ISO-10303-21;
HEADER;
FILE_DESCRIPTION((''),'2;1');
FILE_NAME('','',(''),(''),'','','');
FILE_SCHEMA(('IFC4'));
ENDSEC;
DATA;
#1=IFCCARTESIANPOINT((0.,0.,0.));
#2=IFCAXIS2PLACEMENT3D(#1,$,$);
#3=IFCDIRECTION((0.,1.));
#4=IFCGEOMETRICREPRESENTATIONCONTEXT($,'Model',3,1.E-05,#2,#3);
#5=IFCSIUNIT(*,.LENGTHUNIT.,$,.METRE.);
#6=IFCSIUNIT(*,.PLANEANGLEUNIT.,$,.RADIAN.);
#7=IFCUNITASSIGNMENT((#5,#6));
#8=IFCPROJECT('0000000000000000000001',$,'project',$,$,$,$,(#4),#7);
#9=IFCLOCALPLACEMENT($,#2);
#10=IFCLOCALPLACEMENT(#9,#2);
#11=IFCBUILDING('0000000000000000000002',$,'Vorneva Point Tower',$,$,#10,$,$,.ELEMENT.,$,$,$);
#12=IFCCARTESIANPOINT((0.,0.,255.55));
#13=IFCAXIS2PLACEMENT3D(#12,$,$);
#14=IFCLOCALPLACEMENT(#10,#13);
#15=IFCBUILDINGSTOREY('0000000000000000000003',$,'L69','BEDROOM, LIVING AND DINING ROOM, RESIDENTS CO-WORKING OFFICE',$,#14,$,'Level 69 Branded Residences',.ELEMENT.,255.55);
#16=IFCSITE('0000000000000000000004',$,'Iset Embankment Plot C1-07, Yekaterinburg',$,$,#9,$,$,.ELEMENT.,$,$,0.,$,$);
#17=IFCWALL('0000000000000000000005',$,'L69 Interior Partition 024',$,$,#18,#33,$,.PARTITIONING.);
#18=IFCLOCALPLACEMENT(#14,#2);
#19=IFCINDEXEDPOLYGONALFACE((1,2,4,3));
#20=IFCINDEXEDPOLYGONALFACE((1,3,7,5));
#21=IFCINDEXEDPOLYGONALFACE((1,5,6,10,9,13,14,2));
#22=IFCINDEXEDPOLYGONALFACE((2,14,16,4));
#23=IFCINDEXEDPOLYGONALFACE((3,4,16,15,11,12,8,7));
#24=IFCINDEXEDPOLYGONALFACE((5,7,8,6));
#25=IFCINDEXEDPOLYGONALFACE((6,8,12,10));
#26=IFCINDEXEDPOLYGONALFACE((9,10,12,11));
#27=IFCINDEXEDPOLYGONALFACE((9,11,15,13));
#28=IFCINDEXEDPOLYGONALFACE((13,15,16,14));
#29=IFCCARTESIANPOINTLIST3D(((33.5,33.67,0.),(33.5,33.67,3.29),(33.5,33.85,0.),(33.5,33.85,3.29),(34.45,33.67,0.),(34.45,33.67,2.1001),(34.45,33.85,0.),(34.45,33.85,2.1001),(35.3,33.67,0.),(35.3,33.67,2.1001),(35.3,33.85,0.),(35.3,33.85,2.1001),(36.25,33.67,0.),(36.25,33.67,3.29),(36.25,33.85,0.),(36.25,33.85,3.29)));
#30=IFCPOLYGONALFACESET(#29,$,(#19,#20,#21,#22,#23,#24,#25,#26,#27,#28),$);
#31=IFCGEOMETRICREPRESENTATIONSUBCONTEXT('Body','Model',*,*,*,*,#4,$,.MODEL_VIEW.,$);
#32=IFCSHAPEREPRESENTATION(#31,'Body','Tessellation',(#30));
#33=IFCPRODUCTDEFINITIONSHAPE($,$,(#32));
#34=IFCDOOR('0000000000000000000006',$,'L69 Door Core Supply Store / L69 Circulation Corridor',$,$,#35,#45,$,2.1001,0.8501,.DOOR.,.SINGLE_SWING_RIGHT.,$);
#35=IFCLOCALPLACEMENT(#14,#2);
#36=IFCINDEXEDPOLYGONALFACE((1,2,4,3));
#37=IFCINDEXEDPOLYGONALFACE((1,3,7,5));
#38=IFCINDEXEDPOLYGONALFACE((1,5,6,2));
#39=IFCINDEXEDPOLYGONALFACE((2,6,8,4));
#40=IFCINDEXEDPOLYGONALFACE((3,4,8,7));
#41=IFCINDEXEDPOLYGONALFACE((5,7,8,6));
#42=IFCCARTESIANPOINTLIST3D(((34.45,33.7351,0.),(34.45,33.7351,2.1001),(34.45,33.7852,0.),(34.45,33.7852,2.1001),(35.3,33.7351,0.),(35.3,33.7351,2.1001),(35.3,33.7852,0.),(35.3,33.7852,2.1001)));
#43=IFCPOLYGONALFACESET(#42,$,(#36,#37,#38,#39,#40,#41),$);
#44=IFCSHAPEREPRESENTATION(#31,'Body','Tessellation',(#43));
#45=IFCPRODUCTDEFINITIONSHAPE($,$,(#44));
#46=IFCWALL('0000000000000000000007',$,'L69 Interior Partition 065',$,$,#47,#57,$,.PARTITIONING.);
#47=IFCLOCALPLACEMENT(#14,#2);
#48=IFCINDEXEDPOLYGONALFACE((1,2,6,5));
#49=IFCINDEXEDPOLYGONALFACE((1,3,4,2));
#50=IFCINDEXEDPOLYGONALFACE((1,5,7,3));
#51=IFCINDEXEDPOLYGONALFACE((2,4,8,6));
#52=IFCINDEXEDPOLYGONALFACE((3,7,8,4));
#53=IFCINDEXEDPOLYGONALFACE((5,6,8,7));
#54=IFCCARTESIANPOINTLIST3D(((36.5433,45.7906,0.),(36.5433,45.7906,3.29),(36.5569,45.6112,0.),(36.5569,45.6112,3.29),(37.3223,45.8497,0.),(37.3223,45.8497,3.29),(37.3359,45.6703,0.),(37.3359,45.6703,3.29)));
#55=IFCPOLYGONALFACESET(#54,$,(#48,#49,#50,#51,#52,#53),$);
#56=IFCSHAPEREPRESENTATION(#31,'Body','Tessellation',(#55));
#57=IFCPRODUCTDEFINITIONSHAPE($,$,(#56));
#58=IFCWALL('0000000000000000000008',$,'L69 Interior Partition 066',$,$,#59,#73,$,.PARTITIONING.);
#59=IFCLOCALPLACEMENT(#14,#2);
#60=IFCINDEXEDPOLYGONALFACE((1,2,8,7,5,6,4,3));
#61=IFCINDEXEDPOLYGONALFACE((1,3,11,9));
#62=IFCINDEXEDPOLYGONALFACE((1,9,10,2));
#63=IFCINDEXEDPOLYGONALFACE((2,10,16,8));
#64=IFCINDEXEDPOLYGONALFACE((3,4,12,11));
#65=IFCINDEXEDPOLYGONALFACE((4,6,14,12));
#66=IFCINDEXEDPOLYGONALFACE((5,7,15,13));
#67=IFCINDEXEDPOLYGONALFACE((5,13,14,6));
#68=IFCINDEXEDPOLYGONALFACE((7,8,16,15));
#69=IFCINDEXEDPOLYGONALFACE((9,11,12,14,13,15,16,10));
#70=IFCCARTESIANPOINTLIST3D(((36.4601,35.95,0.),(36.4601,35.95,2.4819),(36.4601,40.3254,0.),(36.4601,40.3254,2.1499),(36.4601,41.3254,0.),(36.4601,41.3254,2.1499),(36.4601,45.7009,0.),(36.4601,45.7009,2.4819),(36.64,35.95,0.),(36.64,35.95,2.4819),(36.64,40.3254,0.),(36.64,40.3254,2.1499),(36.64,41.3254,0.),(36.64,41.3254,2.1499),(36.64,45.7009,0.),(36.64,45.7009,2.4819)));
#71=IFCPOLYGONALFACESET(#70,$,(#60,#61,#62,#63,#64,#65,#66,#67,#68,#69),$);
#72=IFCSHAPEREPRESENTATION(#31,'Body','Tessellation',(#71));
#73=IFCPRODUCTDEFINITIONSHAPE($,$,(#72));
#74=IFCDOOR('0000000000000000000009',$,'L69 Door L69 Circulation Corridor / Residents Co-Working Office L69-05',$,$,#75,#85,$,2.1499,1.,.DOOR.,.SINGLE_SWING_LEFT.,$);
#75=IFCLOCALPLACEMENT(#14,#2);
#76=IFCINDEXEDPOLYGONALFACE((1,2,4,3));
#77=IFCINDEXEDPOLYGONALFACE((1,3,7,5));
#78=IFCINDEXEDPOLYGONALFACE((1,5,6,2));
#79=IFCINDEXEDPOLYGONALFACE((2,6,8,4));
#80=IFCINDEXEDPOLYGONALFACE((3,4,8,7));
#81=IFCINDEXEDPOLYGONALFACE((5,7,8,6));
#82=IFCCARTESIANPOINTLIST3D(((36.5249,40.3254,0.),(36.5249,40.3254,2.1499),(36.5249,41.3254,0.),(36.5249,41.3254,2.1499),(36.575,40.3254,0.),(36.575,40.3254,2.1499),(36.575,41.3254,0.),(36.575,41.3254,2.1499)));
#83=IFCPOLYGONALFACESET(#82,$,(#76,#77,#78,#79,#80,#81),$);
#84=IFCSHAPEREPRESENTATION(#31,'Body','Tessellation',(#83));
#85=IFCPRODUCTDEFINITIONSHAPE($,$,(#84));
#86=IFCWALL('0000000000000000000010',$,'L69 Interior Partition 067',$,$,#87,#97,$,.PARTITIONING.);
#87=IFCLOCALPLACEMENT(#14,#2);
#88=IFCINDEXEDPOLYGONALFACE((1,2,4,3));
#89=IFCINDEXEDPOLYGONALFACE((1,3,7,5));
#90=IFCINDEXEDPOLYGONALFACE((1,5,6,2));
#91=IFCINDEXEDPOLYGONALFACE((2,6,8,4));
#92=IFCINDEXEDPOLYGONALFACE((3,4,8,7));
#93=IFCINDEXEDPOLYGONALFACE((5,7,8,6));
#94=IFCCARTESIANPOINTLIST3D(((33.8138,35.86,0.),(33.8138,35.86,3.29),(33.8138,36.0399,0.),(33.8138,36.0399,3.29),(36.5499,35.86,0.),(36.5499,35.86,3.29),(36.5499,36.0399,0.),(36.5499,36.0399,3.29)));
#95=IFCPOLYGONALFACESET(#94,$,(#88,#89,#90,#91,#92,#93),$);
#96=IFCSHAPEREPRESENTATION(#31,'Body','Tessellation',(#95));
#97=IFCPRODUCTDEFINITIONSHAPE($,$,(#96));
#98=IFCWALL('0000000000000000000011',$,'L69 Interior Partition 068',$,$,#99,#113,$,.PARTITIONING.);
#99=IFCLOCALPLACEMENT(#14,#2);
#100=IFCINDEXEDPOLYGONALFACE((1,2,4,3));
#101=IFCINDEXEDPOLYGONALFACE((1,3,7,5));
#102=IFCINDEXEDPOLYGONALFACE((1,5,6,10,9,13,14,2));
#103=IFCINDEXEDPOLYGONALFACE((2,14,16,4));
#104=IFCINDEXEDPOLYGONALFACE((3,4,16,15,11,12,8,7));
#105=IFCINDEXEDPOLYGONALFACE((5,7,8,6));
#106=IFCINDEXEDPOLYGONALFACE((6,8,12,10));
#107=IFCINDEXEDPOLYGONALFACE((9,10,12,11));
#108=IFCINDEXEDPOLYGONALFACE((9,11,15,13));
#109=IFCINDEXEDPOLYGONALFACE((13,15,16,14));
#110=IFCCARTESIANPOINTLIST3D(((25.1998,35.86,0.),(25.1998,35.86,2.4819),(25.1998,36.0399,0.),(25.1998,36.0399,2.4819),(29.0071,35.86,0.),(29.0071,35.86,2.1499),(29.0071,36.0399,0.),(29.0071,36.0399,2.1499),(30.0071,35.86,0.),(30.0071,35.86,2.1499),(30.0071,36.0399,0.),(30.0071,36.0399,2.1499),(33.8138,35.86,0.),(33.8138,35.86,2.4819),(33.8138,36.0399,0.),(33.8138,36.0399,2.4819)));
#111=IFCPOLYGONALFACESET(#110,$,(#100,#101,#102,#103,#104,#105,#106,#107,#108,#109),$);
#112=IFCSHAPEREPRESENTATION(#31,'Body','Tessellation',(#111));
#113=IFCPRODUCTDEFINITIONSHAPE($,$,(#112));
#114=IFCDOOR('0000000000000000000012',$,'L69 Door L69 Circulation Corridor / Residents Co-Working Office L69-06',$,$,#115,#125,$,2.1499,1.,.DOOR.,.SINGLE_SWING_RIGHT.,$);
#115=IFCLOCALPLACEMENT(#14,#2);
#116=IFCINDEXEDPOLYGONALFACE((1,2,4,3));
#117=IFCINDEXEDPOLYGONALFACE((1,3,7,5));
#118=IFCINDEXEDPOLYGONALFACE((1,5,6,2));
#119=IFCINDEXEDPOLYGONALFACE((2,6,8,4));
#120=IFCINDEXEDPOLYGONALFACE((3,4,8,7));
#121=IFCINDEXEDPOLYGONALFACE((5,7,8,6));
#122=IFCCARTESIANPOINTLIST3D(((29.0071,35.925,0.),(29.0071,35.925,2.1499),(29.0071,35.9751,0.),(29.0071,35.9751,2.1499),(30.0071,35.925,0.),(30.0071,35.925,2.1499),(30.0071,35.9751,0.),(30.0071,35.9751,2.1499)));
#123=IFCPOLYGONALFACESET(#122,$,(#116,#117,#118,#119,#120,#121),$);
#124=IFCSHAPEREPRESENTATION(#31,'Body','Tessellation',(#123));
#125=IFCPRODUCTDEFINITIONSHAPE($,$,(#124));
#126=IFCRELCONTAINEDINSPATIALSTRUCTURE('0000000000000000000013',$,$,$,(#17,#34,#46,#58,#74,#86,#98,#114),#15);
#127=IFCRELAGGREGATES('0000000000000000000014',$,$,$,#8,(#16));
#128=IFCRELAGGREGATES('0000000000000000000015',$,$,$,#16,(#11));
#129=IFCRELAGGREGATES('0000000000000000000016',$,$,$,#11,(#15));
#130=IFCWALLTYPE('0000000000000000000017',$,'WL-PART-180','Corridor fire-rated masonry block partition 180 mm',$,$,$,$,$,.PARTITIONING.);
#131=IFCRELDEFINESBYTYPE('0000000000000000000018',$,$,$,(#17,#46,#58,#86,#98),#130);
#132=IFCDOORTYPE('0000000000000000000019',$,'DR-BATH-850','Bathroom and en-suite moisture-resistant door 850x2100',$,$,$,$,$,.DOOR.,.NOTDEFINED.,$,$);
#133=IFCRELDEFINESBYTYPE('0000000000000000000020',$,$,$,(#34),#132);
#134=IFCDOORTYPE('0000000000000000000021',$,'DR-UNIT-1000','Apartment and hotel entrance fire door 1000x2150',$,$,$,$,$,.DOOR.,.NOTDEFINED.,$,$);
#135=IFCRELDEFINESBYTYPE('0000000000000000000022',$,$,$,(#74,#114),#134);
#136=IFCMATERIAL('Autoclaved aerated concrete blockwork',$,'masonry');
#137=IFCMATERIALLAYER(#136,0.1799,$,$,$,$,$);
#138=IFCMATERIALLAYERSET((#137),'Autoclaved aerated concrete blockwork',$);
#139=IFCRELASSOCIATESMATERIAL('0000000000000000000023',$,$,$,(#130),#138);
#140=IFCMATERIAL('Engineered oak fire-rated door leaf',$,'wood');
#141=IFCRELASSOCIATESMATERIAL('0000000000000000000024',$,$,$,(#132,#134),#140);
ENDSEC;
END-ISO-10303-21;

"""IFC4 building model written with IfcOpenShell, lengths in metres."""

from ifc_helpers import new_model, si_unit, direction, frame, frame_2d, origin, place, context, subcontext, project, spatial, rectangle, extrude, material, layer, layer_set, type_object, element, fill, save


model = new_model("IFC4")

# Units and contexts
model_context = context("Model", 3, precision=1e-05, world=origin(), true_north=direction((0.0, 1.0)))
body_context = subcontext(model_context, "Body", "Model", "MODEL_VIEW")
ifc_project = project(units=[si_unit("LENGTHUNIT", "METRE"), si_unit("PLANEANGLEUNIT", "RADIAN")], contexts=[model_context])

# Site, building, storey
site_placement = place(None, origin())
site = spatial("IfcSite", under=ifc_project, at=site_placement, Name="Iset Embankment Plot C1-07, Yekaterinburg", CompositionType="ELEMENT", RefElevation=0.0)
building_placement = place(site_placement, origin())
building = spatial("IfcBuilding", under=site, at=building_placement, Name="Vorneva Point Tower", CompositionType="ELEMENT")
storey_placement = place(building_placement, frame((0.0, 0.0, 255.55)))
storey = spatial("IfcBuildingStorey", under=building, at=storey_placement, Name="L69", Description="BEDROOM, LIVING AND DINING ROOM, RESIDENTS CO-WORKING OFFICE", LongName="Level 69 Branded Residences", CompositionType="ELEMENT", Elevation=255.55)

# Wall, opening, door
ifc_material_1 = material(Name="Autoclaved aerated concrete blockwork", Category="masonry")
ifc_layer_1 = layer(ifc_material_1, 0.1799)
ifc_layer_set_1 = layer_set([ifc_layer_1], Name="Autoclaved aerated concrete blockwork")
wall_type_1 = type_object("IfcWallType", Name="WL-PART-180", Description="Corridor fire-rated masonry block partition 180 mm", PredefinedType="PARTITIONING", material=ifc_layer_set_1)
wall_1_placement = place(storey_placement, frame((36.25, 33.76, 0.0), z_axis=(0.0, 0.0, 1.0), x_axis=(-1.0, 0.0, 0.0)))
wall_1 = element("IfcWall", 1, at=wall_1_placement, inside=storey, type_object=wall_type_1, Name="L69 Interior Partition 024", PredefinedType="PARTITIONING", context=body_context, shape_type="SweptSolid", body=[
    extrude(rectangle(XDim=2.75, YDim=0.1799, at=frame_2d((1.375, 0.0))), origin(), (0.0, 0.0, 1.0), 3.29),
])
opening_1_placement = place(wall_1_placement, frame((0.95, 0.0, 0.0)))
opening_1 = element("IfcOpeningElement", 2, at=opening_1_placement, cuts=wall_1, PredefinedType="OPENING", context=body_context, shape_type="SweptSolid", body=[
    extrude(rectangle(XDim=0.8501, YDim=2.1001, at=frame_2d((0.425, 1.05))), frame((0.0, 0.105, 0.0), z_axis=(0.0, -1.0, 0.0), x_axis=(1.0, 0.0, 0.0)), (0.0, 0.0, 1.0), 0.2097),
])
ifc_material_2 = material(Name="Engineered oak fire-rated door leaf", Category="wood")
door_type_1 = type_object("IfcDoorType", Name="DR-BATH-850", Description="Bathroom and en-suite moisture-resistant door 850x2100", OperationType="NOTDEFINED", PredefinedType="DOOR", material=ifc_material_2)
door_1_placement = place(opening_1_placement, origin())
door_1 = element("IfcDoor", 3, at=door_1_placement, inside=storey, type_object=door_type_1, Name="L69 Door Core Supply Store / L69 Circulation Corridor", OperationType="SINGLE_SWING_RIGHT", OverallHeight=2.1001, OverallWidth=0.8501, PredefinedType="DOOR", context=body_context, shape_type="SweptSolid", body=[
    extrude(rectangle(XDim=0.8501, YDim=2.1001, at=frame_2d((0.425, 1.05))), frame((0.0, 0.0249, 0.0), z_axis=(0.0, -1.0, 0.0), x_axis=(1.0, 0.0, 0.0)), (0.0, 0.0, 1.0), 0.05),
])
fill(opening_1, door_1)

# Wall
wall_2_placement = place(storey_placement, frame((37.3291, 45.76, 0.0), z_axis=(0.0, 0.0, 1.0), x_axis=(-0.997137, -0.075621, 0.0)))
element("IfcWall", 4, at=wall_2_placement, inside=storey, type_object=wall_type_1, Name="L69 Interior Partition 065", PredefinedType="PARTITIONING", context=body_context, shape_type="SweptSolid", body=[
    extrude(rectangle(XDim=0.7812, YDim=0.1799, at=frame_2d((0.3906, 0.0))), origin(), (0.0, 0.0, 1.0), 3.29),
])

# Wall, opening, door
wall_3_placement = place(storey_placement, frame((36.55, 45.7009, 0.0), z_axis=(0.0, 0.0, 1.0), x_axis=(0.0, -1.0, 0.0)))
wall_3 = element("IfcWall", 5, at=wall_3_placement, inside=storey, type_object=wall_type_1, Name="L69 Interior Partition 066", PredefinedType="PARTITIONING", context=body_context, shape_type="SweptSolid", body=[
    extrude(rectangle(XDim=9.751, YDim=0.1799, at=frame_2d((4.8755, 0.0))), origin(), (0.0, 0.0, 1.0), 2.4819),
])
opening_2_placement = place(wall_3_placement, frame((4.3755, 0.0, 0.0)))
opening_2 = element("IfcOpeningElement", 6, at=opening_2_placement, cuts=wall_3, PredefinedType="OPENING", context=body_context, shape_type="SweptSolid", body=[
    extrude(rectangle(XDim=1.0, YDim=2.1499, at=frame_2d((0.5, 1.075))), frame((0.0, 0.105, 0.0), z_axis=(0.0, -1.0, 0.0), x_axis=(1.0, 0.0, 0.0)), (0.0, 0.0, 1.0), 0.2097),
])
door_type_2 = type_object("IfcDoorType", Name="DR-UNIT-1000", Description="Apartment and hotel entrance fire door 1000x2150", OperationType="NOTDEFINED", PredefinedType="DOOR", material=ifc_material_2)
door_2_placement = place(opening_2_placement, origin())
door_2 = element("IfcDoor", 7, at=door_2_placement, inside=storey, type_object=door_type_2, Name="L69 Door L69 Circulation Corridor / Residents Co-Working Office L69-05", OperationType="SINGLE_SWING_LEFT", OverallHeight=2.1499, OverallWidth=1.0, PredefinedType="DOOR", context=body_context, shape_type="SweptSolid", body=[
    extrude(rectangle(XDim=1.0, YDim=2.1499, at=frame_2d((0.5, 1.075))), frame((0.0, 0.0249, 0.0), z_axis=(0.0, -1.0, 0.0), x_axis=(1.0, 0.0, 0.0)), (0.0, 0.0, 1.0), 0.05),
])
fill(opening_2, door_2)

# Wall
wall_4_placement = place(storey_placement, frame((36.55, 35.95, 0.0), z_axis=(0.0, 0.0, 1.0), x_axis=(-1.0, 0.0, 0.0)))
element("IfcWall", 8, at=wall_4_placement, inside=storey, type_object=wall_type_1, Name="L69 Interior Partition 067", PredefinedType="PARTITIONING", context=body_context, shape_type="SweptSolid", body=[
    extrude(rectangle(XDim=2.7361, YDim=0.1799, at=frame_2d((1.3682, 0.0))), origin(), (0.0, 0.0, 1.0), 3.29),
])

# Wall, opening, door
wall_5_placement = place(storey_placement, frame((33.814, 35.95, 0.0), z_axis=(0.0, 0.0, 1.0), x_axis=(-1.0, 0.0, 0.0)))
wall_5 = element("IfcWall", 9, at=wall_5_placement, inside=storey, type_object=wall_type_1, Name="L69 Interior Partition 068", PredefinedType="PARTITIONING", context=body_context, shape_type="SweptSolid", body=[
    extrude(rectangle(XDim=8.614, YDim=0.1799, at=frame_2d((4.3071, 0.0))), origin(), (0.0, 0.0, 1.0), 2.4819),
])
opening_3_placement = place(wall_5_placement, frame((3.8069, 0.0, 0.0)))
opening_3 = element("IfcOpeningElement", 10, at=opening_3_placement, cuts=wall_5, PredefinedType="OPENING", context=body_context, shape_type="SweptSolid", body=[
    extrude(rectangle(XDim=1.0, YDim=2.1499, at=frame_2d((0.5, 1.075))), frame((0.0, 0.105, 0.0), z_axis=(0.0, -1.0, 0.0), x_axis=(1.0, 0.0, 0.0)), (0.0, 0.0, 1.0), 0.2097),
])
door_3_placement = place(opening_3_placement, origin())
door_3 = element("IfcDoor", 11, at=door_3_placement, inside=storey, type_object=door_type_2, Name="L69 Door L69 Circulation Corridor / Residents Co-Working Office L69-06", OperationType="SINGLE_SWING_RIGHT", OverallHeight=2.1499, OverallWidth=1.0, PredefinedType="DOOR", context=body_context, shape_type="SweptSolid", body=[
    extrude(rectangle(XDim=1.0, YDim=2.1499, at=frame_2d((0.5, 1.075))), frame((0.0, 0.0249, 0.0), z_axis=(0.0, -1.0, 0.0), x_axis=(1.0, 0.0, 0.0)), (0.0, 0.0, 1.0), 0.05),
])
fill(opening_3, door_3)

save(model, "model.ifc")
